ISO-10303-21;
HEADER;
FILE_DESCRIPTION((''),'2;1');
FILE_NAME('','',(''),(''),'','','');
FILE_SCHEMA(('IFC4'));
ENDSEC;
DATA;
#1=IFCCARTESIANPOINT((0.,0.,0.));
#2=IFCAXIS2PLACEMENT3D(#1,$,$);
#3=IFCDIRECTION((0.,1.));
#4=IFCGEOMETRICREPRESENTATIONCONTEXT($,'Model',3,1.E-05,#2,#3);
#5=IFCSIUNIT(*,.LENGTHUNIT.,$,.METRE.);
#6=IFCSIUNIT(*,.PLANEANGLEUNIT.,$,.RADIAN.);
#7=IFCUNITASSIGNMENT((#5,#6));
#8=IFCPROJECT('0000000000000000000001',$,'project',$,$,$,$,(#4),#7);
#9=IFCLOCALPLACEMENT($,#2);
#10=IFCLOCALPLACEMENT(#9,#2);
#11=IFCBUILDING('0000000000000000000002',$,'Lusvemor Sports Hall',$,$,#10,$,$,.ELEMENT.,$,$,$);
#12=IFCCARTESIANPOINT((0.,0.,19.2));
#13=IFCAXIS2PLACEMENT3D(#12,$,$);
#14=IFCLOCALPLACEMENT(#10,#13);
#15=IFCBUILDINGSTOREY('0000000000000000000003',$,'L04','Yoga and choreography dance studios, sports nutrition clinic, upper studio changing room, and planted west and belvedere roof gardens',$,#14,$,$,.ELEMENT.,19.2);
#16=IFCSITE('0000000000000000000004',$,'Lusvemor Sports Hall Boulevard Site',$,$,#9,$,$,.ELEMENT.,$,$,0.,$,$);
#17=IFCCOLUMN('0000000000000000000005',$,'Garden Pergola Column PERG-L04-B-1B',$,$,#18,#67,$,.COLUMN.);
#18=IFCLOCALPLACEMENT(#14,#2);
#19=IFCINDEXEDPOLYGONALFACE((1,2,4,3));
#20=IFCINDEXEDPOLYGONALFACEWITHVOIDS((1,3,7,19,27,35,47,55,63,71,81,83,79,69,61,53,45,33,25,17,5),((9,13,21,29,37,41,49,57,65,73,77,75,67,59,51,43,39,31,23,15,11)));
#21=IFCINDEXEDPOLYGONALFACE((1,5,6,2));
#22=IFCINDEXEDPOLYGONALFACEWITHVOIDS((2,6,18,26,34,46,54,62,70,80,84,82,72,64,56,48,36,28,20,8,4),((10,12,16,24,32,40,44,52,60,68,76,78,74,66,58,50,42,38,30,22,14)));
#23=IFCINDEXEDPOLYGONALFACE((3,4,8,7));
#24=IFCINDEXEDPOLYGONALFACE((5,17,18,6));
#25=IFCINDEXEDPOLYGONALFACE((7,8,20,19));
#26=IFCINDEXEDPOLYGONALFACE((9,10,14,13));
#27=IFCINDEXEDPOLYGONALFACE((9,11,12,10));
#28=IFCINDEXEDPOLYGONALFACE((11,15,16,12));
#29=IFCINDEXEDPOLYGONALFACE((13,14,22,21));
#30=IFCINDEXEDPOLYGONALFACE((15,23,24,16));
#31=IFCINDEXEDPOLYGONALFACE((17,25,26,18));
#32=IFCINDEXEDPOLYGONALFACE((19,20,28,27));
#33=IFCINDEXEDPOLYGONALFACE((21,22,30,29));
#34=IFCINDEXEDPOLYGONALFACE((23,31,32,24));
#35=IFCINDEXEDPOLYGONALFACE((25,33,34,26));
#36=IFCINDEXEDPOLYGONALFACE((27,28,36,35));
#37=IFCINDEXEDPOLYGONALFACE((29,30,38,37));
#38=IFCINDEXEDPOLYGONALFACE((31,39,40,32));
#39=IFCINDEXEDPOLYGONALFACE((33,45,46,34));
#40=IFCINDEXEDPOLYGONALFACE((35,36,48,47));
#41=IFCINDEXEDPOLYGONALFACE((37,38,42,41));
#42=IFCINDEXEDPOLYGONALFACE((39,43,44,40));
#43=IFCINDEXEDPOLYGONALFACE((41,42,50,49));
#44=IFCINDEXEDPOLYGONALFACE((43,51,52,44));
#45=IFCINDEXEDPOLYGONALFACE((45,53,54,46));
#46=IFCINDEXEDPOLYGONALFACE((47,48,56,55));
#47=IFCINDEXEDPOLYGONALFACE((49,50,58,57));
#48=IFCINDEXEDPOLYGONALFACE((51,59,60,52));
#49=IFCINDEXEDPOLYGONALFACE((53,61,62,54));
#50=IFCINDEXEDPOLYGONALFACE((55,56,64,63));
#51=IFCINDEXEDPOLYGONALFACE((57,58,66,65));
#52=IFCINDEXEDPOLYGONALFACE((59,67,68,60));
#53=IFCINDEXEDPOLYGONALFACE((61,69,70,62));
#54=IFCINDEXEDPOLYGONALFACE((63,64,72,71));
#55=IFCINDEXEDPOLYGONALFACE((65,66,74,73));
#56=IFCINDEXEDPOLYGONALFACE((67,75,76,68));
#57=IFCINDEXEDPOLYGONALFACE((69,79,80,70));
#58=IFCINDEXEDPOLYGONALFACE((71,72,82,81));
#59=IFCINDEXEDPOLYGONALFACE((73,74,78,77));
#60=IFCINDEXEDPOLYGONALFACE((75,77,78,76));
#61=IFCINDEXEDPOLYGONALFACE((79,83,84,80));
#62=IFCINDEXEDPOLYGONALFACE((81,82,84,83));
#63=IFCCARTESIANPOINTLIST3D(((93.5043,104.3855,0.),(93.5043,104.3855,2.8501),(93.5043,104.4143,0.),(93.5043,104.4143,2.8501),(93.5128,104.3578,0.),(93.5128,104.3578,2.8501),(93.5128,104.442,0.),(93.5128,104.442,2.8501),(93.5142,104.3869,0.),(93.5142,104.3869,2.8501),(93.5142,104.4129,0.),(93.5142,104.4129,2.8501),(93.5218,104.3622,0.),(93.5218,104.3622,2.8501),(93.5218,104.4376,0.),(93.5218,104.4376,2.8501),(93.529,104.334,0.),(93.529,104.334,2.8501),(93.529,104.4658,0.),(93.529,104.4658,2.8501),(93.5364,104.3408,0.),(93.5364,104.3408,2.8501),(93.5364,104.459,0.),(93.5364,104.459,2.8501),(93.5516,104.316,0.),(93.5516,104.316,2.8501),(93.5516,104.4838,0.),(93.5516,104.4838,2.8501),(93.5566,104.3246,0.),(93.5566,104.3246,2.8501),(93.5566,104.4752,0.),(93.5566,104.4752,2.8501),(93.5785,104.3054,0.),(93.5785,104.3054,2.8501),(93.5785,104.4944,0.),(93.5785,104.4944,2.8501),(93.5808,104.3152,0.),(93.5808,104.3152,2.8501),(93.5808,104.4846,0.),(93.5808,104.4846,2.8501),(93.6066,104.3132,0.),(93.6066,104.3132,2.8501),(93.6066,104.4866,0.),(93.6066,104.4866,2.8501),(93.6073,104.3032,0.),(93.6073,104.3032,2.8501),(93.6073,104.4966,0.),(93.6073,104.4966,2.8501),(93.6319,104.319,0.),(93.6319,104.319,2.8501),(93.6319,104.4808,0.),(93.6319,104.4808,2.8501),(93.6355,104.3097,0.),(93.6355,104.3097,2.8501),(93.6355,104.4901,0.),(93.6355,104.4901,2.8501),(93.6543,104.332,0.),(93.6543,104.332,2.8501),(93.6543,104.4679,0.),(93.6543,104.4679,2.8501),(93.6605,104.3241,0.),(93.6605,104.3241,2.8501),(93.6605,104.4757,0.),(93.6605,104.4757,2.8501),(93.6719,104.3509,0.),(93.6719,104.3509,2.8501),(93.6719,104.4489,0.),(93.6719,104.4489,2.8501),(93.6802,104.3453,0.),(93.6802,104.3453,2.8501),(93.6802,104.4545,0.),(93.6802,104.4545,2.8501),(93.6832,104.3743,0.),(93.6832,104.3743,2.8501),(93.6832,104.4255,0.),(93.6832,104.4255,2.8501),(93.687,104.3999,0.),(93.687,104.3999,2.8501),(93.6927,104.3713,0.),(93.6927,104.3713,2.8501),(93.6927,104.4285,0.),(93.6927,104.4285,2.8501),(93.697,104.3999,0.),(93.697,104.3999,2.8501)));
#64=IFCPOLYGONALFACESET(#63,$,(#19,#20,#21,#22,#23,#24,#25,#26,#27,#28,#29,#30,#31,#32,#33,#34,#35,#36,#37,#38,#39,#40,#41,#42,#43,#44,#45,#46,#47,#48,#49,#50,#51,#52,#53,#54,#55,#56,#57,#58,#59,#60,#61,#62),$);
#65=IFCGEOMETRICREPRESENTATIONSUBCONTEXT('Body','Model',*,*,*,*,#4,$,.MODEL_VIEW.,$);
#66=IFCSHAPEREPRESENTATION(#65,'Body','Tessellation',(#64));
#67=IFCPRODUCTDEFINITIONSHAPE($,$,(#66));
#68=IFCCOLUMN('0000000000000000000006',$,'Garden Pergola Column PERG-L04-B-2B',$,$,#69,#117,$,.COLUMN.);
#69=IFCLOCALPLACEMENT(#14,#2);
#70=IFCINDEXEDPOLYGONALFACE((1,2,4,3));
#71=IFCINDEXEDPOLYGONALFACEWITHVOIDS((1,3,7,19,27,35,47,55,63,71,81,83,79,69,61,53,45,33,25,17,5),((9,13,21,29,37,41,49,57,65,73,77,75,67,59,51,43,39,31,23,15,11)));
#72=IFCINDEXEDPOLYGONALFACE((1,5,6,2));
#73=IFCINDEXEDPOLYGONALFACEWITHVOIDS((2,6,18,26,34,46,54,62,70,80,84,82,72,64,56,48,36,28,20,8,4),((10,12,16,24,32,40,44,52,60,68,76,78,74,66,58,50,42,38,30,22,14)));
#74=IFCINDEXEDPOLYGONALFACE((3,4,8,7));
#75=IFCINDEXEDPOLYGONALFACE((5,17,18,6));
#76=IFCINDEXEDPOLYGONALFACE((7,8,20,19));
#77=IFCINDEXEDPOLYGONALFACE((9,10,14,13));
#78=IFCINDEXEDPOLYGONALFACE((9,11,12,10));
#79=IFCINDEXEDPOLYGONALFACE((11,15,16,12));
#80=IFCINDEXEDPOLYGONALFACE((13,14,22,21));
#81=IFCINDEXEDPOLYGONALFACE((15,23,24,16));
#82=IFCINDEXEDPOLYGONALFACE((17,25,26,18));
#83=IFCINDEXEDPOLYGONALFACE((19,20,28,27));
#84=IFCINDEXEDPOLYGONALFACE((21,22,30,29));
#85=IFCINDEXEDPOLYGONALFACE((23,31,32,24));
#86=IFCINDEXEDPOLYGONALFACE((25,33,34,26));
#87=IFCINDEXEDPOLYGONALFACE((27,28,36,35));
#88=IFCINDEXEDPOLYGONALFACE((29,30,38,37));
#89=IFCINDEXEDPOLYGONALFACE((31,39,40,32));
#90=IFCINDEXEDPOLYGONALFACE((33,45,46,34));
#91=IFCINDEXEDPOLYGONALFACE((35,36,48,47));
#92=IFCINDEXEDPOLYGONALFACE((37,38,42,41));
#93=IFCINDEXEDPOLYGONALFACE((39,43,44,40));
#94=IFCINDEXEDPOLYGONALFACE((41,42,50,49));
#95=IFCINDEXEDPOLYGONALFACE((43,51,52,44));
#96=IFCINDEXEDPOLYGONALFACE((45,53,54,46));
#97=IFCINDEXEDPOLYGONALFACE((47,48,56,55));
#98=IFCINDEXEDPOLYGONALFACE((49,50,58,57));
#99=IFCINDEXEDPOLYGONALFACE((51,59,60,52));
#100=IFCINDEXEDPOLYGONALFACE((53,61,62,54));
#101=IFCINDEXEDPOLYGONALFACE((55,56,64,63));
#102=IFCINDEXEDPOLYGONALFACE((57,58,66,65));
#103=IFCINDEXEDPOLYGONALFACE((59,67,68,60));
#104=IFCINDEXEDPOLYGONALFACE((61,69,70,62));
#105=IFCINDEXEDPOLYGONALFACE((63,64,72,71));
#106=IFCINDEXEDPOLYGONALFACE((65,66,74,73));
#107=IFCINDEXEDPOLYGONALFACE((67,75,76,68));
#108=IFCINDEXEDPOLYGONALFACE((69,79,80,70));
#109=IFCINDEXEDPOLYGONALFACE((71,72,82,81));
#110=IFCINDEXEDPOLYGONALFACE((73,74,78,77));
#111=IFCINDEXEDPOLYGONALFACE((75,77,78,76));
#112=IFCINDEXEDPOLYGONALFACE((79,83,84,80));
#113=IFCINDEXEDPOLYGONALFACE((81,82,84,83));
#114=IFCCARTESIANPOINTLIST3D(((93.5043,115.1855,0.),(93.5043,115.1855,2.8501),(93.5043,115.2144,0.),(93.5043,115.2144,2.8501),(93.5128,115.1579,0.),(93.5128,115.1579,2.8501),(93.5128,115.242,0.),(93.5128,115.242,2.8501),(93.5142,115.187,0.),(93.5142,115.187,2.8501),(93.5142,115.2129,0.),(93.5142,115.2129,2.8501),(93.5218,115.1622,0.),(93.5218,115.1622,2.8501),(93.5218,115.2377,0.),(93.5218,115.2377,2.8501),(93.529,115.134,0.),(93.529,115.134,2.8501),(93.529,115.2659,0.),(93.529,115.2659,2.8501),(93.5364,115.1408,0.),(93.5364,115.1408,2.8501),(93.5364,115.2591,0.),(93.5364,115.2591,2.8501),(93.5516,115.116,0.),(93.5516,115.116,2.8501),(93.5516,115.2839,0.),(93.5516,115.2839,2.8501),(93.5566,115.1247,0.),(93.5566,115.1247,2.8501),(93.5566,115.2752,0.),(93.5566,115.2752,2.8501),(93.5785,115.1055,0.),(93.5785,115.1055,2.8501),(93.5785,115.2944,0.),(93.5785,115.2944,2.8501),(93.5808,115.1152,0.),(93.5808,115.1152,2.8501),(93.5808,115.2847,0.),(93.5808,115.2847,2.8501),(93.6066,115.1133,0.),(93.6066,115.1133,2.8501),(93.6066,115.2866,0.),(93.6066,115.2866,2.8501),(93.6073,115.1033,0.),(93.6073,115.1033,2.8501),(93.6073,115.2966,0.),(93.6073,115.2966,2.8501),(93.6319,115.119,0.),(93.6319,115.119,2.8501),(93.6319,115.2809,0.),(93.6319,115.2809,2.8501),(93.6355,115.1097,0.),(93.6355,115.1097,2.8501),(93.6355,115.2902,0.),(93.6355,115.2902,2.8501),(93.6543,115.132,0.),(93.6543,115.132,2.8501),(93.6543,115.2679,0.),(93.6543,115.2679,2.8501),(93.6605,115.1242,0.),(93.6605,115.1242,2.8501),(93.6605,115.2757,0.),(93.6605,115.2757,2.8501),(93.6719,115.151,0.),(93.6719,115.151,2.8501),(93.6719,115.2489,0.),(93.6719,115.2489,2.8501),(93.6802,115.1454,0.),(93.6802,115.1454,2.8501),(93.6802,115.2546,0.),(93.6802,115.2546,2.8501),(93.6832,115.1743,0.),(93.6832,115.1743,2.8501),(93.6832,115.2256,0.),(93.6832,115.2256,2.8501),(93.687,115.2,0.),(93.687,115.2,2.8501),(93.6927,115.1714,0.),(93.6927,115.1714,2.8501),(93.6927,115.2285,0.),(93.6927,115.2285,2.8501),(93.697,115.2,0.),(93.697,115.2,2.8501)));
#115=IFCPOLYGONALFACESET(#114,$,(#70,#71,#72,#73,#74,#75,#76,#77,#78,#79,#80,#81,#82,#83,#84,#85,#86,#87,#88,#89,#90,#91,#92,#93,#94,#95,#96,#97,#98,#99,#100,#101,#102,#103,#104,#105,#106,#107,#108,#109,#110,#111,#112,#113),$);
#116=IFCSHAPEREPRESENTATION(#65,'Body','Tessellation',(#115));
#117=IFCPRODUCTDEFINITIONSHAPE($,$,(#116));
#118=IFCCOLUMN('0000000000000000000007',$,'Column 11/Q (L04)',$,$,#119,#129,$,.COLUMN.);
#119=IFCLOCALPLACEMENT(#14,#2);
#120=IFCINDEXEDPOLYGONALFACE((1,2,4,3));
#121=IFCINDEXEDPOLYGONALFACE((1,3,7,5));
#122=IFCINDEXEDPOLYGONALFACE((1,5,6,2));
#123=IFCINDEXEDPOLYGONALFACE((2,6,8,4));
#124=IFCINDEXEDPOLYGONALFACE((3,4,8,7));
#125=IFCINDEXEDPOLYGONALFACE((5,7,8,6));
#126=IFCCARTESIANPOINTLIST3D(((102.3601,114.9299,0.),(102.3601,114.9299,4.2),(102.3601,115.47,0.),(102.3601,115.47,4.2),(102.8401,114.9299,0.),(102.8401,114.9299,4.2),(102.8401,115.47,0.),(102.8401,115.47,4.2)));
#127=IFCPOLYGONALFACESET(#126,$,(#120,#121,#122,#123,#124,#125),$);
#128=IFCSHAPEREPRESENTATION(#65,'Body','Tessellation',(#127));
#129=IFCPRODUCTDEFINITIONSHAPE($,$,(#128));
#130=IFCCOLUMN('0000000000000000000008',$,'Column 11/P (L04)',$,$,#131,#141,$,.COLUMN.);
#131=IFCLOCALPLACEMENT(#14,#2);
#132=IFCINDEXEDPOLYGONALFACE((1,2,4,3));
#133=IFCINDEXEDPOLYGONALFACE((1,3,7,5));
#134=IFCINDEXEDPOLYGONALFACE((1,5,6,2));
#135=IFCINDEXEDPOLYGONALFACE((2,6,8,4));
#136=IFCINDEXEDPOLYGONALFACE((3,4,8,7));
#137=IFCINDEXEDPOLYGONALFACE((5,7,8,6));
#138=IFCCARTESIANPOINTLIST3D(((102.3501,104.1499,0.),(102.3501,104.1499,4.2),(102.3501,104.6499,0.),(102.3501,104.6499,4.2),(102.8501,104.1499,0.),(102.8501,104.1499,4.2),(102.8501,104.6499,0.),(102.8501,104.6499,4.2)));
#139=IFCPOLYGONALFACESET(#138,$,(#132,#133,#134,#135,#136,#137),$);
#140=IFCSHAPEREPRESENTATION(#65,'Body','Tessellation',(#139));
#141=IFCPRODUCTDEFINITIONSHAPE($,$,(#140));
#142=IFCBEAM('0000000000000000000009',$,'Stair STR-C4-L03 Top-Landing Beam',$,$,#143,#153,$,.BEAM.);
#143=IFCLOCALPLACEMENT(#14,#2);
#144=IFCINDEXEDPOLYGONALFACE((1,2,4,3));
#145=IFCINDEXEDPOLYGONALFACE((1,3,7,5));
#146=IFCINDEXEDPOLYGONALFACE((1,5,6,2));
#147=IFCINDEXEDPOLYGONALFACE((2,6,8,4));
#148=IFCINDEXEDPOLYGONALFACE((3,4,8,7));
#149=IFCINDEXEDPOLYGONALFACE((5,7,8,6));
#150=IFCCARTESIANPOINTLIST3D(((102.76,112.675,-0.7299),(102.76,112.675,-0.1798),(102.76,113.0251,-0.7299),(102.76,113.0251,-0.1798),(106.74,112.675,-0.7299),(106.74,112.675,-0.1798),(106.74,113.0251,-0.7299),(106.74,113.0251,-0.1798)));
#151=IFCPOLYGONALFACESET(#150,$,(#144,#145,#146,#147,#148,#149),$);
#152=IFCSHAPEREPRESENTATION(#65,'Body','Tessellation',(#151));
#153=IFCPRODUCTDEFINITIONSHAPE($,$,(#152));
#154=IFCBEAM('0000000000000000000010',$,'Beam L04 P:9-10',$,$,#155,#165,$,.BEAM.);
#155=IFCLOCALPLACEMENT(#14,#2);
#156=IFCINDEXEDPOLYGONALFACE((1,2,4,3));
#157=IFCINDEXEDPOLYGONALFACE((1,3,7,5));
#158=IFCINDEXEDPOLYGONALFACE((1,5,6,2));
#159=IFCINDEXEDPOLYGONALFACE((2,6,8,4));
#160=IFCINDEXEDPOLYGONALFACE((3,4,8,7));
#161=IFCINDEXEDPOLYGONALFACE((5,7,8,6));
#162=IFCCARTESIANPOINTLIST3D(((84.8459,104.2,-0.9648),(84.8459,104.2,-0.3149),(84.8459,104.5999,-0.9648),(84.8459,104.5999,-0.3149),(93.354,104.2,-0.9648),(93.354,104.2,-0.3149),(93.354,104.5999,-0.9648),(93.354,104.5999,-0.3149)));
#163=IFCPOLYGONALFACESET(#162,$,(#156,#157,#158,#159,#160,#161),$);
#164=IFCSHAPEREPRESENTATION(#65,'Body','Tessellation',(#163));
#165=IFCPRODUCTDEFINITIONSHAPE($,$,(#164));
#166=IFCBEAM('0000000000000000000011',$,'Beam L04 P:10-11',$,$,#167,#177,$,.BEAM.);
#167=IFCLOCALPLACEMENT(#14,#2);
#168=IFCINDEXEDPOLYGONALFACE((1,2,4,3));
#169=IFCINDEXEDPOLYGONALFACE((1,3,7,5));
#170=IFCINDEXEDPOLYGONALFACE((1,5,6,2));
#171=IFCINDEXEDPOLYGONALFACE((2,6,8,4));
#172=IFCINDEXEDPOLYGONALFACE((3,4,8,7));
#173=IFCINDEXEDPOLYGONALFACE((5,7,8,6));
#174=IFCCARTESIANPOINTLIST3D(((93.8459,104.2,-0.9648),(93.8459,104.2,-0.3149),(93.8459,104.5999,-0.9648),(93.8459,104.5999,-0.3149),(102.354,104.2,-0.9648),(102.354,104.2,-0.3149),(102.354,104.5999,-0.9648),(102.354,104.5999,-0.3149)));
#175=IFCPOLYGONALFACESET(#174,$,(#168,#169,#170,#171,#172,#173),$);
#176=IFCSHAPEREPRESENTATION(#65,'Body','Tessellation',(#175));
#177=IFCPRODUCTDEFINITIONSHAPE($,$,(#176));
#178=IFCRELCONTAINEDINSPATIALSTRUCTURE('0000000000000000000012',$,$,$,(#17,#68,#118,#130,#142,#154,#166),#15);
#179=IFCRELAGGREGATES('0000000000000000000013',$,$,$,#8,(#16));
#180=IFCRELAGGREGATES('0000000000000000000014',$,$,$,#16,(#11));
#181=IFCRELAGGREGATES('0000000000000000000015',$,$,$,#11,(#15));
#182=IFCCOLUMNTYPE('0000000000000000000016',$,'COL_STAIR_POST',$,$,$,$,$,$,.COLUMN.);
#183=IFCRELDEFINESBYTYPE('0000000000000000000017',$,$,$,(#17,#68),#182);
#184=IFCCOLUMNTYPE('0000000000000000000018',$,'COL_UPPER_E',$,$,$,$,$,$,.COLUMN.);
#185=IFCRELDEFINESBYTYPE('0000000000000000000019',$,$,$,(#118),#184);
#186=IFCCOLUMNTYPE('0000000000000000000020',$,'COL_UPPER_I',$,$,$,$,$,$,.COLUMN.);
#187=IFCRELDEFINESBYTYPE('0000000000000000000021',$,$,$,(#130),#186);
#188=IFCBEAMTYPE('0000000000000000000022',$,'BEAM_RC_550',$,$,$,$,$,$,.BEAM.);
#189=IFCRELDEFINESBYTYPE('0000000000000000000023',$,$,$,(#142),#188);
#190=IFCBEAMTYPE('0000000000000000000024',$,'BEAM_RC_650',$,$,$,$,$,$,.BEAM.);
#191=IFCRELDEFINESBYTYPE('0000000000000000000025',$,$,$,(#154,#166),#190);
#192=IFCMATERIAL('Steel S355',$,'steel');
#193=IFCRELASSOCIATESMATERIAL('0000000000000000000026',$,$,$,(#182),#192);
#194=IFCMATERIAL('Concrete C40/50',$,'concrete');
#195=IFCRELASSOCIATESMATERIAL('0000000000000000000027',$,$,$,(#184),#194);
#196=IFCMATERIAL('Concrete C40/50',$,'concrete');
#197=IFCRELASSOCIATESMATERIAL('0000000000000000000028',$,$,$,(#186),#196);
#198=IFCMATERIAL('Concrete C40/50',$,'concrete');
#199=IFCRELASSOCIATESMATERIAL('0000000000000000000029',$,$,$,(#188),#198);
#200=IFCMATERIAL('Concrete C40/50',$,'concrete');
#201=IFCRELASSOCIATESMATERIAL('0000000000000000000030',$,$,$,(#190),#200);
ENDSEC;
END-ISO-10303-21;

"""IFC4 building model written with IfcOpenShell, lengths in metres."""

from ifc_helpers import new_model, si_unit, direction, frame, origin, origin_2d, place, context, subcontext, project, spatial, rectangle, hollow_circle, extrude, material, material_profile, profile_set, type_object, element, save


model = new_model("IFC4")

# Units and contexts
model_context = context("Model", 3, precision=1e-05, world=origin(), true_north=direction((0.0, 1.0)))
body_context = subcontext(model_context, "Body", "Model", "MODEL_VIEW")
ifc_project = project(units=[si_unit("LENGTHUNIT", "METRE"), si_unit("PLANEANGLEUNIT", "RADIAN")], contexts=[model_context])

# Site, building, storey
site_placement = place(None, origin())
site = spatial("IfcSite", under=ifc_project, at=site_placement, Name="Lusvemor Sports Hall Boulevard Site", CompositionType="ELEMENT", RefElevation=0.0)
building_placement = place(site_placement, origin())
building = spatial("IfcBuilding", under=site, at=building_placement, Name="Lusvemor Sports Hall", CompositionType="ELEMENT")
storey_placement = place(building_placement, frame((0.0, 0.0, 19.2)))
storey = spatial("IfcBuildingStorey", under=building, at=storey_placement, Name="L04", Description="Yoga and choreography dance studios, sports nutrition clinic, upper studio changing room, and planted west and belvedere roof gardens", CompositionType="ELEMENT", Elevation=19.2)

# Columns
ifc_material_1 = material(Name="Steel S355", Category="steel")
ifc_material_profile_1 = material_profile(ifc_material_1, hollow_circle(Radius=0.0969, WallThickness=0.01, at=origin_2d()), Name="CHS193.7x10.0")
ifc_profile_set_1 = profile_set([ifc_material_profile_1], Name="Steel S355")
column_type_1 = type_object("IfcColumnType", Name="COL_STAIR_POST", PredefinedType="COLUMN", material=ifc_profile_set_1)
for number, where, z_axis, x_axis, name in (
    (1, (93.6001, 104.3999, 0.0), (0.0, 0.0, 1.0), (1.0, 0.0, 0.0), "Garden Pergola Column PERG-L04-B-1B"),
    (2, (93.6001, 115.2, 0.0), (0.0, 0.0, 1.0), (1.0, 0.0, 0.0), "Garden Pergola Column PERG-L04-B-2B"),
):
    element("IfcColumn", number, at=place(storey_placement, frame(where, z_axis=z_axis, x_axis=x_axis)), inside=storey, type_object=column_type_1, Name=name, PredefinedType="COLUMN", context=body_context, shape_type="SweptSolid", body=[
        extrude(hollow_circle(Radius=0.0969, WallThickness=0.01, at=origin_2d()), origin(), (0.0, 0.0, 1.0), 2.8501),
    ])
ifc_material_2 = material(Name="Concrete C40/50", Category="concrete")
ifc_material_profile_2 = material_profile(ifc_material_2, rectangle(XDim=0.48, YDim=0.54, at=origin_2d()), Name="RC480x540")
ifc_profile_set_2 = profile_set([ifc_material_profile_2], Name="Concrete C40/50")
column_type_2 = type_object("IfcColumnType", Name="COL_UPPER_E", PredefinedType="COLUMN", material=ifc_profile_set_2)
column_1_placement = place(storey_placement, frame((102.6001, 115.2, 0.0), z_axis=(0.0, 0.0, 1.0), x_axis=(1.0, 0.0, 0.0)))
element("IfcColumn", 3, at=column_1_placement, inside=storey, type_object=column_type_2, Name="Column 11/Q (L04)", PredefinedType="COLUMN", context=body_context, shape_type="SweptSolid", body=[
    extrude(rectangle(XDim=0.48, YDim=0.54, at=origin_2d()), origin(), (0.0, 0.0, 1.0), 4.2),
])
ifc_material_3 = material(Name="Concrete C40/50", Category="concrete")
ifc_material_profile_3 = material_profile(ifc_material_3, rectangle(XDim=0.5, YDim=0.5, at=origin_2d()), Name="RC500x500")
ifc_profile_set_3 = profile_set([ifc_material_profile_3], Name="Concrete C40/50")
column_type_3 = type_object("IfcColumnType", Name="COL_UPPER_I", PredefinedType="COLUMN", material=ifc_profile_set_3)
column_2_placement = place(storey_placement, frame((102.6001, 104.3999, 0.0), z_axis=(0.0, 0.0, 1.0), x_axis=(1.0, 0.0, 0.0)))
element("IfcColumn", 4, at=column_2_placement, inside=storey, type_object=column_type_3, Name="Column 11/P (L04)", PredefinedType="COLUMN", context=body_context, shape_type="SweptSolid", body=[
    extrude(rectangle(XDim=0.5, YDim=0.5, at=origin_2d()), origin(), (0.0, 0.0, 1.0), 4.2),
])

# Beams
ifc_material_4 = material(Name="Concrete C40/50", Category="concrete")
ifc_material_profile_4 = material_profile(ifc_material_4, rectangle(XDim=0.3501, YDim=0.55, at=origin_2d()), Name="RC350x550")
ifc_profile_set_4 = profile_set([ifc_material_profile_4], Name="Concrete C40/50")
beam_type_1 = type_object("IfcBeamType", Name="BEAM_RC_550", PredefinedType="BEAM", material=ifc_profile_set_4)
beam_1_placement = place(storey_placement, frame((102.76, 112.8501, -0.4548), z_axis=(1.0, 0.0, 0.0), x_axis=(0.0, 1.0, 0.0)))
element("IfcBeam", 5, at=beam_1_placement, inside=storey, type_object=beam_type_1, Name="Stair STR-C4-L03 Top-Landing Beam", PredefinedType="BEAM", context=body_context, shape_type="SweptSolid", body=[
    extrude(rectangle(XDim=0.3501, YDim=0.55, at=origin_2d()), origin(), (0.0, 0.0, 1.0), 3.98),
])
ifc_material_5 = material(Name="Concrete C40/50", Category="concrete")
ifc_material_profile_5 = material_profile(ifc_material_5, rectangle(XDim=0.3999, YDim=0.6499, at=origin_2d()), Name="RC400x650")
ifc_profile_set_5 = profile_set([ifc_material_profile_5], Name="Concrete C40/50")
beam_type_2 = type_object("IfcBeamType", Name="BEAM_RC_650", PredefinedType="BEAM", material=ifc_profile_set_5)
for number, where, z_axis, x_axis, name in (
    (6, (84.8459, 104.3999, -0.6399), (1.0, 0.0, 0.0), (0.0, 1.0, 0.0), "Beam L04 P:9-10"),
    (7, (93.8459, 104.3999, -0.6399), (1.0, 0.0, 0.0), (0.0, 1.0, 0.0), "Beam L04 P:10-11"),
):
    element("IfcBeam", number, at=place(storey_placement, frame(where, z_axis=z_axis, x_axis=x_axis)), inside=storey, type_object=beam_type_2, Name=name, PredefinedType="BEAM", context=body_context, shape_type="SweptSolid", body=[
        extrude(rectangle(XDim=0.3999, YDim=0.6499, at=origin_2d()), origin(), (0.0, 0.0, 1.0), 8.5081),
    ])

save(model, "model.ifc")
